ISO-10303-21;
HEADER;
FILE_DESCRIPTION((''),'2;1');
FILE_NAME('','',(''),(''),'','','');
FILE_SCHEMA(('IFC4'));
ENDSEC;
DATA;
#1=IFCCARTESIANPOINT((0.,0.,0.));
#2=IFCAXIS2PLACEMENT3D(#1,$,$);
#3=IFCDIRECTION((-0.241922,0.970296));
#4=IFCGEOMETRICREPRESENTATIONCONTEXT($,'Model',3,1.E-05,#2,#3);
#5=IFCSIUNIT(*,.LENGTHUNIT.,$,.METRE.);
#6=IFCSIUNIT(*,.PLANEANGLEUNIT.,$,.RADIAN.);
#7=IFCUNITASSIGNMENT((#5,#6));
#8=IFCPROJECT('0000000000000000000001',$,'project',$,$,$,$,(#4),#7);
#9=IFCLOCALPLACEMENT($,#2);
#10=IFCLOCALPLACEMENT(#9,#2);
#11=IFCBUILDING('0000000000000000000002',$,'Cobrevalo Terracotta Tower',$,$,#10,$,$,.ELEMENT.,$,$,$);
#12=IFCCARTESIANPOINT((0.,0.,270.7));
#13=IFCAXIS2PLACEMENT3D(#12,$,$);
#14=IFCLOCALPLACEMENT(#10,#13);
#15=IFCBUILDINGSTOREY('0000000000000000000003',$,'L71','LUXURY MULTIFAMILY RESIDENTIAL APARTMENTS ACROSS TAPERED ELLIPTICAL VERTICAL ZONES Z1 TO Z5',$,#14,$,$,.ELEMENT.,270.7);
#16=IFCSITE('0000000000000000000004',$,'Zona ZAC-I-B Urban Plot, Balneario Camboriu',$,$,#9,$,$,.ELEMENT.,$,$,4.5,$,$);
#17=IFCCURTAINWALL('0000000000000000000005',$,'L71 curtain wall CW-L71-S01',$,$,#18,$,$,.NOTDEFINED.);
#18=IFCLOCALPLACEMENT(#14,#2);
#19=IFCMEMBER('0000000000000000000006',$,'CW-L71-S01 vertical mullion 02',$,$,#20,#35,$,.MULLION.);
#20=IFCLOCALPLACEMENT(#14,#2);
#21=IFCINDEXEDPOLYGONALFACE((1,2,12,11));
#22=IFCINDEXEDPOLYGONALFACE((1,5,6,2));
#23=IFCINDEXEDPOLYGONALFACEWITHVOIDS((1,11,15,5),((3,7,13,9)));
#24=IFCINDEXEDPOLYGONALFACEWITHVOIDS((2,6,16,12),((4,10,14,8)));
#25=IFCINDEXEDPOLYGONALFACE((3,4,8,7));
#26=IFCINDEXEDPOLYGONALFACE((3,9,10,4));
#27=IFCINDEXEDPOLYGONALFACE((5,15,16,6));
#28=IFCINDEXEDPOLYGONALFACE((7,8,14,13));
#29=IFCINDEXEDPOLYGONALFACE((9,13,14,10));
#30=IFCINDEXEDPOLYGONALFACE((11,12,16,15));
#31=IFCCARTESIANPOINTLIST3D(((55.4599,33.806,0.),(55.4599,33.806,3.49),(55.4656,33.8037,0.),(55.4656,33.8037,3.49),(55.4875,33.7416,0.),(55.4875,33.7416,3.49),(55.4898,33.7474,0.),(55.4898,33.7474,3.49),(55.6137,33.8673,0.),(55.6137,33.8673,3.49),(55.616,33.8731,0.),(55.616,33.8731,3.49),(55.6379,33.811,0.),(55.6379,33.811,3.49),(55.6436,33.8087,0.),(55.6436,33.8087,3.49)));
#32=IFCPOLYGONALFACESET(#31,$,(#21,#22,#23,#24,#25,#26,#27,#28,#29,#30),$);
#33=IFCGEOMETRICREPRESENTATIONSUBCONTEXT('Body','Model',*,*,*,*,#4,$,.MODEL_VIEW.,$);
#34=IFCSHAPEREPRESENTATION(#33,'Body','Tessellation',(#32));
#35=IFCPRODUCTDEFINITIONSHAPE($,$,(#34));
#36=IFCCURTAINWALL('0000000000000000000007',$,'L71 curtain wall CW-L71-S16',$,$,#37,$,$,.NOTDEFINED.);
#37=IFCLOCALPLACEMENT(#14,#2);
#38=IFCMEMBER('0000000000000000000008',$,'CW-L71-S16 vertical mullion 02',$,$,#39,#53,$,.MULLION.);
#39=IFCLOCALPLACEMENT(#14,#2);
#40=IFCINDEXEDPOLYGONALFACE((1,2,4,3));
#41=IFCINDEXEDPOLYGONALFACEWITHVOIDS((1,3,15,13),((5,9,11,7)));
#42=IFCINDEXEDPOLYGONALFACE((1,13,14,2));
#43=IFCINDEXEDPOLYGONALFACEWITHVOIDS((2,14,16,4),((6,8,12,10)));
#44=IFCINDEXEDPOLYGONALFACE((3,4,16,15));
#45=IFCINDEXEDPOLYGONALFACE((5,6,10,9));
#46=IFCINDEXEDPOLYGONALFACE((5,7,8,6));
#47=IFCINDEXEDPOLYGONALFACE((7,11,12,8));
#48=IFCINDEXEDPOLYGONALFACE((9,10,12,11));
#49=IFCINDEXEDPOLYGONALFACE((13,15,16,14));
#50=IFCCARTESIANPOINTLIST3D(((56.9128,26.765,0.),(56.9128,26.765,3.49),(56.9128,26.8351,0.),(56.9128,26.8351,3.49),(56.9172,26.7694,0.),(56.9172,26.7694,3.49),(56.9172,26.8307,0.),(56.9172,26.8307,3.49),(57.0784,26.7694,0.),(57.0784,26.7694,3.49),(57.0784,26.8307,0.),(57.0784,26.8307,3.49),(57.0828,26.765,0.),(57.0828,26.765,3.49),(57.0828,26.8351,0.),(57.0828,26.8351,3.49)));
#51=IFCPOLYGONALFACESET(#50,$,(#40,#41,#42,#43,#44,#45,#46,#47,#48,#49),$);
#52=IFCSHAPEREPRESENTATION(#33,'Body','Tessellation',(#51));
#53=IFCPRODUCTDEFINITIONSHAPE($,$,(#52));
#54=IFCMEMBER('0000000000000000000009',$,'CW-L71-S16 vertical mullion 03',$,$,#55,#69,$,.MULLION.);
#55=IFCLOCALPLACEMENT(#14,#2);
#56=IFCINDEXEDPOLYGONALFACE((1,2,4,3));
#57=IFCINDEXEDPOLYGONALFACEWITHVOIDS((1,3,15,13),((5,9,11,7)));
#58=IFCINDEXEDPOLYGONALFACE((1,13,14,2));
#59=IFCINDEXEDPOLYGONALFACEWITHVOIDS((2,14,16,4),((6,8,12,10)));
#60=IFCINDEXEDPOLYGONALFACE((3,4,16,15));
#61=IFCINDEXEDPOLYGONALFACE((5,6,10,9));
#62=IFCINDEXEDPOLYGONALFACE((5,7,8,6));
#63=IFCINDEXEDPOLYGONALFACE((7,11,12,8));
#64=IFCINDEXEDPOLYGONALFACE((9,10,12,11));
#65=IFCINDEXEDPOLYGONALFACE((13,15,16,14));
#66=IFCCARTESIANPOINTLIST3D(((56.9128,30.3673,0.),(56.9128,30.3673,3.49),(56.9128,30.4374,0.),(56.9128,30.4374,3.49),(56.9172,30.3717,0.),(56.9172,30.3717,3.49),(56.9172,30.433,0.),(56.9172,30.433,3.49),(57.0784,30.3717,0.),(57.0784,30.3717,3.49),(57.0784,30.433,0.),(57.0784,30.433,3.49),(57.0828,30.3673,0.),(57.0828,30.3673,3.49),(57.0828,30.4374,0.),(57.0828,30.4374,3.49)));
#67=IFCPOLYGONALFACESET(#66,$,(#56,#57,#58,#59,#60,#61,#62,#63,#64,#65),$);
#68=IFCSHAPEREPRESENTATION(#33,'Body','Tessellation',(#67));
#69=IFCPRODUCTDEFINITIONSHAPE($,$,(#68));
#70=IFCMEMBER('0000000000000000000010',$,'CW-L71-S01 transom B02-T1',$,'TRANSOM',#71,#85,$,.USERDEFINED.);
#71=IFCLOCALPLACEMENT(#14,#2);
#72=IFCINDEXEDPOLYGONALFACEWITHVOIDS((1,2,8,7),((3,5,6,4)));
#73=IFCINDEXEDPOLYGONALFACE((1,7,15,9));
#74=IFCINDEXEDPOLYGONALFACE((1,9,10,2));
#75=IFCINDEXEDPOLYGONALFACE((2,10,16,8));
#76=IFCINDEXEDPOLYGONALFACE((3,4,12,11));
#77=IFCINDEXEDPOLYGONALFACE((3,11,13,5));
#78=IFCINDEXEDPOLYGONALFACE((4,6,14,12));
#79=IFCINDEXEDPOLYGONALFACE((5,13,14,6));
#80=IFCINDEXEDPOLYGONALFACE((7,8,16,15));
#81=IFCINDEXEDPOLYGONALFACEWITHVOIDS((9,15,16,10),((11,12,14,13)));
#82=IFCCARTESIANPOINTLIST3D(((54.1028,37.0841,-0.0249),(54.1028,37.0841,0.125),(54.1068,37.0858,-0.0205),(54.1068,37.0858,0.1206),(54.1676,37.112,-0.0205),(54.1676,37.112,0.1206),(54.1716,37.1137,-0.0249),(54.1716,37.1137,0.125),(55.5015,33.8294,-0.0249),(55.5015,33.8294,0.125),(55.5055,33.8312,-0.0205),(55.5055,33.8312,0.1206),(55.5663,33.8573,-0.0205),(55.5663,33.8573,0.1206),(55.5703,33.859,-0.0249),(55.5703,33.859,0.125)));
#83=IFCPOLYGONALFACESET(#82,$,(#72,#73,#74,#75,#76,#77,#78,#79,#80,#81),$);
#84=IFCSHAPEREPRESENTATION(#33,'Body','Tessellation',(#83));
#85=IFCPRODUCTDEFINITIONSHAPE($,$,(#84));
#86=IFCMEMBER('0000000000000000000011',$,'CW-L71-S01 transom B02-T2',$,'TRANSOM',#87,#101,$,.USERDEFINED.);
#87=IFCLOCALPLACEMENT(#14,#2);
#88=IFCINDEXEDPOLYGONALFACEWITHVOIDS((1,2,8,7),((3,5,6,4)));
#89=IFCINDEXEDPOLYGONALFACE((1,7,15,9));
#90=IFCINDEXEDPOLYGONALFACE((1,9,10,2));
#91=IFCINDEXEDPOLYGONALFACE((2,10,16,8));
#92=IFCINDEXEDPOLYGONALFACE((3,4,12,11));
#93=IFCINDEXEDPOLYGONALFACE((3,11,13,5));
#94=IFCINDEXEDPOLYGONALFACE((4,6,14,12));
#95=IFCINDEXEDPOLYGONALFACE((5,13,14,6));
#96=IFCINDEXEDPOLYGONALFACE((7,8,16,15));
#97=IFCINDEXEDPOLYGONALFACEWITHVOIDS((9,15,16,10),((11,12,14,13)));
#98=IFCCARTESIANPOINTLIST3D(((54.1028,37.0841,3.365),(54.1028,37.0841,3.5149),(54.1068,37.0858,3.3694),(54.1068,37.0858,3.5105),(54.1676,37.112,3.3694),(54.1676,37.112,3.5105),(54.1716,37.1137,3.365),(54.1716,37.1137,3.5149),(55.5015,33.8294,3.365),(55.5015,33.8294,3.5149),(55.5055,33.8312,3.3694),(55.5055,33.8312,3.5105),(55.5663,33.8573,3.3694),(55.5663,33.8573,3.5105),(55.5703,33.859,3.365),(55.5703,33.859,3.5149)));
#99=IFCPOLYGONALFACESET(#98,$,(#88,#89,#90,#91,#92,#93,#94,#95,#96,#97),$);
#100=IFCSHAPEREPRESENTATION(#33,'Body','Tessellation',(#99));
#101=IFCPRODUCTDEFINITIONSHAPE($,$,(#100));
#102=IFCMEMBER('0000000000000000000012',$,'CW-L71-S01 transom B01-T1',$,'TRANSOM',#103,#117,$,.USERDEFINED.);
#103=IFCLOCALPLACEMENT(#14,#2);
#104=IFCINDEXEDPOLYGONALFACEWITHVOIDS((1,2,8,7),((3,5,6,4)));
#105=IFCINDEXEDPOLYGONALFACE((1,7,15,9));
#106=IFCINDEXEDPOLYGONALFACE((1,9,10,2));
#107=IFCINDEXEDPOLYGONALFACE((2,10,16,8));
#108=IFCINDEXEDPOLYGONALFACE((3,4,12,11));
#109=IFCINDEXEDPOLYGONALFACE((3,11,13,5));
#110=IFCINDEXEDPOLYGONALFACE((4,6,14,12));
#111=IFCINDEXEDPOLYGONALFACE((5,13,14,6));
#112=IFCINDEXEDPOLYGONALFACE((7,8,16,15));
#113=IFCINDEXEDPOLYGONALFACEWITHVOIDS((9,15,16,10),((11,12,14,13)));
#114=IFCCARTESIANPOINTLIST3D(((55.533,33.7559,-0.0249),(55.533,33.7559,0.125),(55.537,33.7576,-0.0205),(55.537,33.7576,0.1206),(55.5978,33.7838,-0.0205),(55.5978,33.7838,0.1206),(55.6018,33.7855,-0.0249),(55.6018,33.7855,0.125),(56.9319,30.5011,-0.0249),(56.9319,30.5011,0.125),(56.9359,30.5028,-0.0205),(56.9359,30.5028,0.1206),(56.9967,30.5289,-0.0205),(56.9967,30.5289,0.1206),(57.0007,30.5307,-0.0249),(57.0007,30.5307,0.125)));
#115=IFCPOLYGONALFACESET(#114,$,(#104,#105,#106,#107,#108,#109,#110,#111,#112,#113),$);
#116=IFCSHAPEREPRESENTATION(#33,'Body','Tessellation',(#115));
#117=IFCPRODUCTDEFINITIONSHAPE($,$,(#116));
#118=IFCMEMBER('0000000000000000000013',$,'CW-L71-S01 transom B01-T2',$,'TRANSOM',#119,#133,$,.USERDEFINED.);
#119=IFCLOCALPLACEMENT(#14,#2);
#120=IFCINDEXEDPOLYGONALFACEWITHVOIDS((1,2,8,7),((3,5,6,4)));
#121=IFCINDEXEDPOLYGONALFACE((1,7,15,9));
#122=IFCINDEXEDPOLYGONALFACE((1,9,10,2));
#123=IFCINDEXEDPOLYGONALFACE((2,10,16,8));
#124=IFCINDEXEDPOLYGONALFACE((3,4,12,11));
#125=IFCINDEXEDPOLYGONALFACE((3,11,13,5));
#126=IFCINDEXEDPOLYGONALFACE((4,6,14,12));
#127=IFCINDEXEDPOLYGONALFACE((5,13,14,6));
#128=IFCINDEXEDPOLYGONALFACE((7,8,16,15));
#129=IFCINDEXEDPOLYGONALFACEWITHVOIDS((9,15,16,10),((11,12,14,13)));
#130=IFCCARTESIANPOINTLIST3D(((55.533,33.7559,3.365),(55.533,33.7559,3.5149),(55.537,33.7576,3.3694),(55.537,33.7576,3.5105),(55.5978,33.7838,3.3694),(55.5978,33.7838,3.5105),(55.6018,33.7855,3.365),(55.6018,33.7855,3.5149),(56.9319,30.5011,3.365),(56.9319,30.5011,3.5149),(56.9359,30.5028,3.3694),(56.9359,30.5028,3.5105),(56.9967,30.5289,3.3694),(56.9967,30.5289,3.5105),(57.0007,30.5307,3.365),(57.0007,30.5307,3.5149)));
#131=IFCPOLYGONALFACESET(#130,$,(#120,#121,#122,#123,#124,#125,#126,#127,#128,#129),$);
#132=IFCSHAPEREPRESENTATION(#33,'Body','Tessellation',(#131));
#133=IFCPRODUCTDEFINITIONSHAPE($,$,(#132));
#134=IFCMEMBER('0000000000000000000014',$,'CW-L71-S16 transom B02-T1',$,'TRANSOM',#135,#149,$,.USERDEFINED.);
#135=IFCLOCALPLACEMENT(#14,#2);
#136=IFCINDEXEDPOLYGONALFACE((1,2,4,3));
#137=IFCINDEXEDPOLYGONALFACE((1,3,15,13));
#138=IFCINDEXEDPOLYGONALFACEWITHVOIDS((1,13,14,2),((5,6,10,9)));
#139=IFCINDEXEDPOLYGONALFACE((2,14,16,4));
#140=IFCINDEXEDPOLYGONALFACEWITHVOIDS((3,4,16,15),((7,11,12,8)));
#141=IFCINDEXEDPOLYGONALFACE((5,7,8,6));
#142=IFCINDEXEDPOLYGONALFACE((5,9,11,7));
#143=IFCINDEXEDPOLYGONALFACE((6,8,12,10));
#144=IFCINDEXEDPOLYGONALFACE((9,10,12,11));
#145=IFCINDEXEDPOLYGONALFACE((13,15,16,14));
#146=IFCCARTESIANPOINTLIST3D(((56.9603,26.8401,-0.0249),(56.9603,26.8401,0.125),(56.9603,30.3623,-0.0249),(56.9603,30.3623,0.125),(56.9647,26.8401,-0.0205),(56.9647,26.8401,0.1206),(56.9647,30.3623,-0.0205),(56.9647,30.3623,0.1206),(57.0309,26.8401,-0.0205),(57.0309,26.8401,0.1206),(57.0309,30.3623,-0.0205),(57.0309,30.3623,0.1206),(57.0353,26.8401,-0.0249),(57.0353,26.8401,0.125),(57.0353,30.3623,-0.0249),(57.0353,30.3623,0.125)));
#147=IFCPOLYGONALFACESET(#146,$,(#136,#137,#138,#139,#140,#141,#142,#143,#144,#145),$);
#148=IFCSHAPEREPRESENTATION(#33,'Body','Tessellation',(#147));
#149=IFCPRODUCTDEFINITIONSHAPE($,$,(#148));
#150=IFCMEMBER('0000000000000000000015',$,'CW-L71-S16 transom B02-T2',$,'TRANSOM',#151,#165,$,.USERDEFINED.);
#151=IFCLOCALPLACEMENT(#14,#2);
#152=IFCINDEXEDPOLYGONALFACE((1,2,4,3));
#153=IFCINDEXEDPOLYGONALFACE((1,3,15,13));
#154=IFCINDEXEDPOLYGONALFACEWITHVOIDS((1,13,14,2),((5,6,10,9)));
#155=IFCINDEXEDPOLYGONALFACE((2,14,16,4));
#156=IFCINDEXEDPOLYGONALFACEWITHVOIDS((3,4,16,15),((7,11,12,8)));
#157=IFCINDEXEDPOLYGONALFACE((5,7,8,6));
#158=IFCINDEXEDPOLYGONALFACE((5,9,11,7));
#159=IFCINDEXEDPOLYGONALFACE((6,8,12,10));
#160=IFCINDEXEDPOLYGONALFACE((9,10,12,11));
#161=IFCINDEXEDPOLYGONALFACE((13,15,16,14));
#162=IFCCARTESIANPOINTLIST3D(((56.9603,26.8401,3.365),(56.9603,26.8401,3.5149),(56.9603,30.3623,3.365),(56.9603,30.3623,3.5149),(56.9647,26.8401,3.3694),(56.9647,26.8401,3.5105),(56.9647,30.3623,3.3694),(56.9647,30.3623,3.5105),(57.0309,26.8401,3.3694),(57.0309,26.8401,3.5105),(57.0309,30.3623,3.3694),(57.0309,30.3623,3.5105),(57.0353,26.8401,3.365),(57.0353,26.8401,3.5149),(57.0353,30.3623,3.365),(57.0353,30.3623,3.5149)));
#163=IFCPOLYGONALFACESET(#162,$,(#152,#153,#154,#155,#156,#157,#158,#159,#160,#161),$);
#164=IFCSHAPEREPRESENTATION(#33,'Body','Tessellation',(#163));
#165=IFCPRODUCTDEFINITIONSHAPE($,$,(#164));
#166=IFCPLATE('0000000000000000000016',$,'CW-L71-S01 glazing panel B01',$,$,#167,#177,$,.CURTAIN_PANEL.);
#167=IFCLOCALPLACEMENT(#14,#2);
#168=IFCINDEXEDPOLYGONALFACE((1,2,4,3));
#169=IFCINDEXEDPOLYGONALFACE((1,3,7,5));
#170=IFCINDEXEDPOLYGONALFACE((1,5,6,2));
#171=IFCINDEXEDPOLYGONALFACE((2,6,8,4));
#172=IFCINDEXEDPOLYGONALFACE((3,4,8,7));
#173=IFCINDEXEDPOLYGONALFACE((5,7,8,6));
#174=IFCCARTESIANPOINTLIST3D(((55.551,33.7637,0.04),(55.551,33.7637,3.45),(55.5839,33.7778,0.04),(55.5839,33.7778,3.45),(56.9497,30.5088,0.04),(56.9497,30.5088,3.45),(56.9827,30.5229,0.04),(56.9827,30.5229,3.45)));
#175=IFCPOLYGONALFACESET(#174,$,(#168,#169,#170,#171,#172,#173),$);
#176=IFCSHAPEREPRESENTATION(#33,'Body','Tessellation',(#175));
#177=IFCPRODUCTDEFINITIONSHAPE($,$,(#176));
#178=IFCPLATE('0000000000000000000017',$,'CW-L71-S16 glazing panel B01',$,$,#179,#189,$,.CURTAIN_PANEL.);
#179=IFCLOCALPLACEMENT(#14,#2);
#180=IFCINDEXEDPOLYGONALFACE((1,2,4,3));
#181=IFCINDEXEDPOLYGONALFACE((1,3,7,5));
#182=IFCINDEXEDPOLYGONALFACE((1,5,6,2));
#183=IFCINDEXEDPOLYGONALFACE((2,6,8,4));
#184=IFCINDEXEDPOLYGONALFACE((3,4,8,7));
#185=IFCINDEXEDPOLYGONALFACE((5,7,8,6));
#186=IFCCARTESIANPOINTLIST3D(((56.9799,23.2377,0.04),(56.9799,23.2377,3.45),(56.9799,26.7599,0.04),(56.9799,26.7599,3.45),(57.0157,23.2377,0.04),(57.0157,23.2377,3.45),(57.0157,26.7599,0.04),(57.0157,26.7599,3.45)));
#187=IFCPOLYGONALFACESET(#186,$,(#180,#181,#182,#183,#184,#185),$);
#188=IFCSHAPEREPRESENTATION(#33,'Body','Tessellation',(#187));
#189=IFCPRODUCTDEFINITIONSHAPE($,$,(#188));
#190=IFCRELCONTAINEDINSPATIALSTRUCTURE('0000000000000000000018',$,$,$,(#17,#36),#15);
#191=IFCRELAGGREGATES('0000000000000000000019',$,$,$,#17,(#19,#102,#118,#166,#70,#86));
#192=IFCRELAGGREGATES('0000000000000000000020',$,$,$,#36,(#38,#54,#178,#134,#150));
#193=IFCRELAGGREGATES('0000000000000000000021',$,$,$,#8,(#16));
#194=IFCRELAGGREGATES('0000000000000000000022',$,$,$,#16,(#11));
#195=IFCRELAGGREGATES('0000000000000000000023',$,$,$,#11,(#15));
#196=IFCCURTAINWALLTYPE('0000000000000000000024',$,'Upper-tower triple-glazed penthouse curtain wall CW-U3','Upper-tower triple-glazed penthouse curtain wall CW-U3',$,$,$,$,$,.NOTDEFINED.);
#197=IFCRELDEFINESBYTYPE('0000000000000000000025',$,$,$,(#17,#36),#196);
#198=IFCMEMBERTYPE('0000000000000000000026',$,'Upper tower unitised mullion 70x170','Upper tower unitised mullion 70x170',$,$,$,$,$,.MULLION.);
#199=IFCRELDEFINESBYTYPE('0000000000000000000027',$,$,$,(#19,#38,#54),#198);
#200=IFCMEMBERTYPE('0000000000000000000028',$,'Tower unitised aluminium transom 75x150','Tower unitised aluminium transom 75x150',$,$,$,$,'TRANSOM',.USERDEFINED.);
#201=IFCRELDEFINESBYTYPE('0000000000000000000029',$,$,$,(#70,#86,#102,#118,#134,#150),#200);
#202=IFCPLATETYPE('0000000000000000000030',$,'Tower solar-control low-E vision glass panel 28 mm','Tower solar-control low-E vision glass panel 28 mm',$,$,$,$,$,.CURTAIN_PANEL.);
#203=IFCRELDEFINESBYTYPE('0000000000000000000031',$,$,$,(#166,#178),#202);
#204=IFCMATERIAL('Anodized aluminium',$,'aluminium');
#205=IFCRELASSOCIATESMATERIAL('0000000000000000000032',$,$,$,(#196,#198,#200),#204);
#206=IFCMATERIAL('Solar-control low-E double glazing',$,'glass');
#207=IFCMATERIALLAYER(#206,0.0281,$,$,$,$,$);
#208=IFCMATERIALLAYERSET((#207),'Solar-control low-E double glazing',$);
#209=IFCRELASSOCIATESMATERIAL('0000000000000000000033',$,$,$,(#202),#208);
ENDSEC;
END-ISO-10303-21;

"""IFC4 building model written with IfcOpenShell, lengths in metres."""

from ifc_helpers import new_model, si_unit, direction, frame, origin, origin_2d, place, context, subcontext, project, spatial, rectangle, hollow_rectangle, extrude, source, transform, mapped, material, layer, layer_set, material_profile, profile_set, type_object, element, aggregate, save


model = new_model("IFC4")

# Units and contexts
model_context = context("Model", 3, precision=1e-05, world=origin(), true_north=direction((-0.241922, 0.970296)))
body_context = subcontext(model_context, "Body", "Model", "MODEL_VIEW")
ifc_project = project(units=[si_unit("LENGTHUNIT", "METRE"), si_unit("PLANEANGLEUNIT", "RADIAN")], contexts=[model_context])

# Site, building, storey
site_placement = place(None, origin())
site = spatial("IfcSite", under=ifc_project, at=site_placement, Name="Zona ZAC-I-B Urban Plot, Balneario Camboriu", CompositionType="ELEMENT", RefElevation=4.5)
building_placement = place(site_placement, origin())
building = spatial("IfcBuilding", under=site, at=building_placement, Name="Cobrevalo Terracotta Tower", CompositionType="ELEMENT")
storey_placement = place(building_placement, frame((0.0, 0.0, 270.7)))
storey = spatial("IfcBuildingStorey", under=building, at=storey_placement, Name="L71", Description="LUXURY MULTIFAMILY RESIDENTIAL APARTMENTS ACROSS TAPERED ELLIPTICAL VERTICAL ZONES Z1 TO Z5", CompositionType="ELEMENT", Elevation=270.7)

# Curtain walls, members
ifc_material_1 = material(Name="Anodized aluminium", Category="aluminium")
curtain_wall_type = type_object("IfcCurtainWallType", Name="Upper-tower triple-glazed penthouse curtain wall CW-U3", Description="Upper-tower triple-glazed penthouse curtain wall CW-U3", PredefinedType="NOTDEFINED", material=ifc_material_1)
curtain_wall_1_placement = place(storey_placement, origin())
curtain_wall_1 = element("IfcCurtainWall", 1, at=curtain_wall_1_placement, inside=storey, type_object=curtain_wall_type, Name="L71 curtain wall CW-L71-S01", PredefinedType="NOTDEFINED")
ifc_material_profile_1 = material_profile(ifc_material_1, hollow_rectangle(XDim=0.0701, YDim=0.1699, WallThickness=0.0044, at=origin_2d()), Name="CWM 70x170")
ifc_profile_set_1 = profile_set([ifc_material_profile_1], Name="Anodized aluminium")
member_type_1 = type_object("IfcMemberType", Name="Upper tower unitised mullion 70x170", Description="Upper tower unitised mullion 70x170", PredefinedType="MULLION", material=ifc_profile_set_1)
shared_shape_1 = source(origin(), body_context, "Body", "SweptSolid", [
    extrude(hollow_rectangle(XDim=0.0701, YDim=0.1699, WallThickness=0.0044, at=origin_2d()), origin(), (0.0, 0.0, 1.0), 3.49),
])
member_1_placement = place(storey_placement, frame((55.5518, 33.8074, 0.0), z_axis=(0.0, 0.0, 1.0), x_axis=(-0.394824, 0.918757, 0.0)))
member_1 = element("IfcMember", 2, at=member_1_placement, type_object=member_type_1, Name="CW-L71-S01 vertical mullion 02", PredefinedType="MULLION", context=body_context, shape_type="MappedRepresentation", body=[
    mapped(shared_shape_1, transform((0.0, 0.0, 0.0), scale=1.0)),
])
curtain_wall_2_placement = place(storey_placement, origin())
curtain_wall_2 = element("IfcCurtainWall", 3, at=curtain_wall_2_placement, inside=storey, type_object=curtain_wall_type, Name="L71 curtain wall CW-L71-S16", PredefinedType="NOTDEFINED")
member_2_placement = place(storey_placement, frame((56.9978, 26.8, 0.0), z_axis=(0.0, 0.0, 1.0), x_axis=(0.0, 1.0, 0.0)))
member_2 = element("IfcMember", 4, at=member_2_placement, type_object=member_type_1, Name="CW-L71-S16 vertical mullion 02", PredefinedType="MULLION", context=body_context, shape_type="MappedRepresentation", body=[
    mapped(shared_shape_1, transform((0.0, 0.0, 0.0), scale=1.0)),
])
member_3_placement = place(storey_placement, frame((56.9978, 30.4023, 0.0), z_axis=(0.0, 0.0, 1.0), x_axis=(0.0, 1.0, 0.0)))
member_3 = element("IfcMember", 5, at=member_3_placement, type_object=member_type_1, Name="CW-L71-S16 vertical mullion 03", PredefinedType="MULLION", context=body_context, shape_type="MappedRepresentation", body=[
    mapped(shared_shape_1, transform((0.0, 0.0, 0.0), scale=1.0)),
])

# Members
ifc_material_profile_2 = material_profile(ifc_material_1, hollow_rectangle(XDim=0.075, YDim=0.1499, WallThickness=0.0044, at=origin_2d()), Name="CWT 75x150")
ifc_profile_set_2 = profile_set([ifc_material_profile_2], Name="Anodized aluminium")
member_type_2 = type_object("IfcMemberType", Name="Tower unitised aluminium transom 75x150", Description="Tower unitised aluminium transom 75x150", ElementType="TRANSOM", PredefinedType="USERDEFINED", material=ifc_profile_set_2)
shared_shape_2 = source(origin(), body_context, "Body", "SweptSolid", [
    extrude(hollow_rectangle(XDim=0.075, YDim=0.1499, WallThickness=0.0044, at=origin_2d()), origin(), (0.0, 0.0, 1.0), 3.5425),
])
member_4_placement = place(storey_placement, frame((55.5359, 33.8442, 0.05), z_axis=(-0.394834, 0.918752, 0.0), x_axis=(-0.918752, -0.394834, 0.0)))
member_4 = element("IfcMember", 6, at=member_4_placement, type_object=member_type_2, Name="CW-L71-S01 transom B02-T1", ObjectType="TRANSOM", PredefinedType="USERDEFINED", context=body_context, shape_type="MappedRepresentation", body=[
    mapped(shared_shape_2, transform((0.0, 0.0, 0.0), scale=1.0)),
])
member_5_placement = place(storey_placement, frame((55.5359, 33.8442, 3.4399), z_axis=(-0.394834, 0.918752, 0.0), x_axis=(-0.918752, -0.394834, 0.0)))
member_5 = element("IfcMember", 7, at=member_5_placement, type_object=member_type_2, Name="CW-L71-S01 transom B02-T2", ObjectType="TRANSOM", PredefinedType="USERDEFINED", context=body_context, shape_type="MappedRepresentation", body=[
    mapped(shared_shape_2, transform((0.0, 0.0, 0.0), scale=1.0)),
])
shared_shape_3 = source(origin(), body_context, "Body", "SweptSolid", [
    extrude(hollow_rectangle(XDim=0.075, YDim=0.1499, WallThickness=0.0044, at=origin_2d()), origin(), (0.0, 0.0, 1.0), 3.5427),
])
member_6_placement = place(storey_placement, frame((56.9663, 30.5159, 0.05), z_axis=(-0.394867, 0.918738, 0.0), x_axis=(-0.918738, -0.394867, 0.0)))
member_6 = element("IfcMember", 8, at=member_6_placement, type_object=member_type_2, Name="CW-L71-S01 transom B01-T1", ObjectType="TRANSOM", PredefinedType="USERDEFINED", context=body_context, shape_type="MappedRepresentation", body=[
    mapped(shared_shape_3, transform((0.0, 0.0, 0.0), scale=1.0)),
])
member_7_placement = place(storey_placement, frame((56.9663, 30.5159, 3.4399), z_axis=(-0.394867, 0.918738, 0.0), x_axis=(-0.918738, -0.394867, 0.0)))
member_7 = element("IfcMember", 9, at=member_7_placement, type_object=member_type_2, Name="CW-L71-S01 transom B01-T2", ObjectType="TRANSOM", PredefinedType="USERDEFINED", context=body_context, shape_type="MappedRepresentation", body=[
    mapped(shared_shape_3, transform((0.0, 0.0, 0.0), scale=1.0)),
])
shared_shape_4 = source(origin(), body_context, "Body", "SweptSolid", [
    extrude(hollow_rectangle(XDim=0.075, YDim=0.1499, WallThickness=0.0044, at=origin_2d()), origin(), (0.0, 0.0, 1.0), 3.5222),
])
member_8_placement = place(storey_placement, frame((56.9978, 26.8401, 0.05), z_axis=(0.0, 1.0, 0.0), x_axis=(-1.0, 0.0, 0.0)))
member_8 = element("IfcMember", 10, at=member_8_placement, type_object=member_type_2, Name="CW-L71-S16 transom B02-T1", ObjectType="TRANSOM", PredefinedType="USERDEFINED", context=body_context, shape_type="MappedRepresentation", body=[
    mapped(shared_shape_4, transform((0.0, 0.0, 0.0), scale=1.0)),
])
member_9_placement = place(storey_placement, frame((56.9978, 26.8401, 3.4399), z_axis=(0.0, 1.0, 0.0), x_axis=(-1.0, 0.0, 0.0)))
member_9 = element("IfcMember", 11, at=member_9_placement, type_object=member_type_2, Name="CW-L71-S16 transom B02-T2", ObjectType="TRANSOM", PredefinedType="USERDEFINED", context=body_context, shape_type="MappedRepresentation", body=[
    mapped(shared_shape_4, transform((0.0, 0.0, 0.0), scale=1.0)),
])

# Plates
ifc_material_2 = material(Name="Solar-control low-E double glazing", Category="glass")
ifc_layer_1 = layer(ifc_material_2, 0.0281)
ifc_layer_set_1 = layer_set([ifc_layer_1], Name="Solar-control low-E double glazing")
plate_type = type_object("IfcPlateType", Name="Tower solar-control low-E vision glass panel 28 mm", Description="Tower solar-control low-E vision glass panel 28 mm", PredefinedType="CURTAIN_PANEL", material=ifc_layer_set_1)
shared_shape_5 = source(origin(), body_context, "Body", "SweptSolid", [
    extrude(rectangle(XDim=3.5427, YDim=0.0359, at=origin_2d()), origin(), (0.0, 0.0, 1.0), 3.4099),
])
plate_1_placement = place(storey_placement, frame((56.2668, 32.1433, 0.04), z_axis=(0.0, 0.0, 1.0), x_axis=(-0.394829, 0.918755, 0.0)))
plate_1 = element("IfcPlate", 12, at=plate_1_placement, type_object=plate_type, Name="CW-L71-S01 glazing panel B01", PredefinedType="CURTAIN_PANEL", context=body_context, shape_type="MappedRepresentation", body=[
    mapped(shared_shape_5, transform((0.0, 0.0, 0.0), scale=1.0)),
])
aggregate(curtain_wall_1, [member_1, member_6, member_7, plate_1, member_4, member_5])
shared_shape_6 = source(origin(), body_context, "Body", "SweptSolid", [
    extrude(rectangle(XDim=3.5222, YDim=0.0359, at=origin_2d()), origin(), (0.0, 0.0, 1.0), 3.4099),
])
plate_2_placement = place(storey_placement, frame((56.9978, 24.9988, 0.04), z_axis=(0.0, 0.0, 1.0), x_axis=(0.0, 1.0, 0.0)))
plate_2 = element("IfcPlate", 13, at=plate_2_placement, type_object=plate_type, Name="CW-L71-S16 glazing panel B01", PredefinedType="CURTAIN_PANEL", context=body_context, shape_type="MappedRepresentation", body=[
    mapped(shared_shape_6, transform((0.0, 0.0, 0.0), scale=1.0)),
])
aggregate(curtain_wall_2, [member_2, member_3, plate_2, member_8, member_9])

save(model, "model.ifc")
